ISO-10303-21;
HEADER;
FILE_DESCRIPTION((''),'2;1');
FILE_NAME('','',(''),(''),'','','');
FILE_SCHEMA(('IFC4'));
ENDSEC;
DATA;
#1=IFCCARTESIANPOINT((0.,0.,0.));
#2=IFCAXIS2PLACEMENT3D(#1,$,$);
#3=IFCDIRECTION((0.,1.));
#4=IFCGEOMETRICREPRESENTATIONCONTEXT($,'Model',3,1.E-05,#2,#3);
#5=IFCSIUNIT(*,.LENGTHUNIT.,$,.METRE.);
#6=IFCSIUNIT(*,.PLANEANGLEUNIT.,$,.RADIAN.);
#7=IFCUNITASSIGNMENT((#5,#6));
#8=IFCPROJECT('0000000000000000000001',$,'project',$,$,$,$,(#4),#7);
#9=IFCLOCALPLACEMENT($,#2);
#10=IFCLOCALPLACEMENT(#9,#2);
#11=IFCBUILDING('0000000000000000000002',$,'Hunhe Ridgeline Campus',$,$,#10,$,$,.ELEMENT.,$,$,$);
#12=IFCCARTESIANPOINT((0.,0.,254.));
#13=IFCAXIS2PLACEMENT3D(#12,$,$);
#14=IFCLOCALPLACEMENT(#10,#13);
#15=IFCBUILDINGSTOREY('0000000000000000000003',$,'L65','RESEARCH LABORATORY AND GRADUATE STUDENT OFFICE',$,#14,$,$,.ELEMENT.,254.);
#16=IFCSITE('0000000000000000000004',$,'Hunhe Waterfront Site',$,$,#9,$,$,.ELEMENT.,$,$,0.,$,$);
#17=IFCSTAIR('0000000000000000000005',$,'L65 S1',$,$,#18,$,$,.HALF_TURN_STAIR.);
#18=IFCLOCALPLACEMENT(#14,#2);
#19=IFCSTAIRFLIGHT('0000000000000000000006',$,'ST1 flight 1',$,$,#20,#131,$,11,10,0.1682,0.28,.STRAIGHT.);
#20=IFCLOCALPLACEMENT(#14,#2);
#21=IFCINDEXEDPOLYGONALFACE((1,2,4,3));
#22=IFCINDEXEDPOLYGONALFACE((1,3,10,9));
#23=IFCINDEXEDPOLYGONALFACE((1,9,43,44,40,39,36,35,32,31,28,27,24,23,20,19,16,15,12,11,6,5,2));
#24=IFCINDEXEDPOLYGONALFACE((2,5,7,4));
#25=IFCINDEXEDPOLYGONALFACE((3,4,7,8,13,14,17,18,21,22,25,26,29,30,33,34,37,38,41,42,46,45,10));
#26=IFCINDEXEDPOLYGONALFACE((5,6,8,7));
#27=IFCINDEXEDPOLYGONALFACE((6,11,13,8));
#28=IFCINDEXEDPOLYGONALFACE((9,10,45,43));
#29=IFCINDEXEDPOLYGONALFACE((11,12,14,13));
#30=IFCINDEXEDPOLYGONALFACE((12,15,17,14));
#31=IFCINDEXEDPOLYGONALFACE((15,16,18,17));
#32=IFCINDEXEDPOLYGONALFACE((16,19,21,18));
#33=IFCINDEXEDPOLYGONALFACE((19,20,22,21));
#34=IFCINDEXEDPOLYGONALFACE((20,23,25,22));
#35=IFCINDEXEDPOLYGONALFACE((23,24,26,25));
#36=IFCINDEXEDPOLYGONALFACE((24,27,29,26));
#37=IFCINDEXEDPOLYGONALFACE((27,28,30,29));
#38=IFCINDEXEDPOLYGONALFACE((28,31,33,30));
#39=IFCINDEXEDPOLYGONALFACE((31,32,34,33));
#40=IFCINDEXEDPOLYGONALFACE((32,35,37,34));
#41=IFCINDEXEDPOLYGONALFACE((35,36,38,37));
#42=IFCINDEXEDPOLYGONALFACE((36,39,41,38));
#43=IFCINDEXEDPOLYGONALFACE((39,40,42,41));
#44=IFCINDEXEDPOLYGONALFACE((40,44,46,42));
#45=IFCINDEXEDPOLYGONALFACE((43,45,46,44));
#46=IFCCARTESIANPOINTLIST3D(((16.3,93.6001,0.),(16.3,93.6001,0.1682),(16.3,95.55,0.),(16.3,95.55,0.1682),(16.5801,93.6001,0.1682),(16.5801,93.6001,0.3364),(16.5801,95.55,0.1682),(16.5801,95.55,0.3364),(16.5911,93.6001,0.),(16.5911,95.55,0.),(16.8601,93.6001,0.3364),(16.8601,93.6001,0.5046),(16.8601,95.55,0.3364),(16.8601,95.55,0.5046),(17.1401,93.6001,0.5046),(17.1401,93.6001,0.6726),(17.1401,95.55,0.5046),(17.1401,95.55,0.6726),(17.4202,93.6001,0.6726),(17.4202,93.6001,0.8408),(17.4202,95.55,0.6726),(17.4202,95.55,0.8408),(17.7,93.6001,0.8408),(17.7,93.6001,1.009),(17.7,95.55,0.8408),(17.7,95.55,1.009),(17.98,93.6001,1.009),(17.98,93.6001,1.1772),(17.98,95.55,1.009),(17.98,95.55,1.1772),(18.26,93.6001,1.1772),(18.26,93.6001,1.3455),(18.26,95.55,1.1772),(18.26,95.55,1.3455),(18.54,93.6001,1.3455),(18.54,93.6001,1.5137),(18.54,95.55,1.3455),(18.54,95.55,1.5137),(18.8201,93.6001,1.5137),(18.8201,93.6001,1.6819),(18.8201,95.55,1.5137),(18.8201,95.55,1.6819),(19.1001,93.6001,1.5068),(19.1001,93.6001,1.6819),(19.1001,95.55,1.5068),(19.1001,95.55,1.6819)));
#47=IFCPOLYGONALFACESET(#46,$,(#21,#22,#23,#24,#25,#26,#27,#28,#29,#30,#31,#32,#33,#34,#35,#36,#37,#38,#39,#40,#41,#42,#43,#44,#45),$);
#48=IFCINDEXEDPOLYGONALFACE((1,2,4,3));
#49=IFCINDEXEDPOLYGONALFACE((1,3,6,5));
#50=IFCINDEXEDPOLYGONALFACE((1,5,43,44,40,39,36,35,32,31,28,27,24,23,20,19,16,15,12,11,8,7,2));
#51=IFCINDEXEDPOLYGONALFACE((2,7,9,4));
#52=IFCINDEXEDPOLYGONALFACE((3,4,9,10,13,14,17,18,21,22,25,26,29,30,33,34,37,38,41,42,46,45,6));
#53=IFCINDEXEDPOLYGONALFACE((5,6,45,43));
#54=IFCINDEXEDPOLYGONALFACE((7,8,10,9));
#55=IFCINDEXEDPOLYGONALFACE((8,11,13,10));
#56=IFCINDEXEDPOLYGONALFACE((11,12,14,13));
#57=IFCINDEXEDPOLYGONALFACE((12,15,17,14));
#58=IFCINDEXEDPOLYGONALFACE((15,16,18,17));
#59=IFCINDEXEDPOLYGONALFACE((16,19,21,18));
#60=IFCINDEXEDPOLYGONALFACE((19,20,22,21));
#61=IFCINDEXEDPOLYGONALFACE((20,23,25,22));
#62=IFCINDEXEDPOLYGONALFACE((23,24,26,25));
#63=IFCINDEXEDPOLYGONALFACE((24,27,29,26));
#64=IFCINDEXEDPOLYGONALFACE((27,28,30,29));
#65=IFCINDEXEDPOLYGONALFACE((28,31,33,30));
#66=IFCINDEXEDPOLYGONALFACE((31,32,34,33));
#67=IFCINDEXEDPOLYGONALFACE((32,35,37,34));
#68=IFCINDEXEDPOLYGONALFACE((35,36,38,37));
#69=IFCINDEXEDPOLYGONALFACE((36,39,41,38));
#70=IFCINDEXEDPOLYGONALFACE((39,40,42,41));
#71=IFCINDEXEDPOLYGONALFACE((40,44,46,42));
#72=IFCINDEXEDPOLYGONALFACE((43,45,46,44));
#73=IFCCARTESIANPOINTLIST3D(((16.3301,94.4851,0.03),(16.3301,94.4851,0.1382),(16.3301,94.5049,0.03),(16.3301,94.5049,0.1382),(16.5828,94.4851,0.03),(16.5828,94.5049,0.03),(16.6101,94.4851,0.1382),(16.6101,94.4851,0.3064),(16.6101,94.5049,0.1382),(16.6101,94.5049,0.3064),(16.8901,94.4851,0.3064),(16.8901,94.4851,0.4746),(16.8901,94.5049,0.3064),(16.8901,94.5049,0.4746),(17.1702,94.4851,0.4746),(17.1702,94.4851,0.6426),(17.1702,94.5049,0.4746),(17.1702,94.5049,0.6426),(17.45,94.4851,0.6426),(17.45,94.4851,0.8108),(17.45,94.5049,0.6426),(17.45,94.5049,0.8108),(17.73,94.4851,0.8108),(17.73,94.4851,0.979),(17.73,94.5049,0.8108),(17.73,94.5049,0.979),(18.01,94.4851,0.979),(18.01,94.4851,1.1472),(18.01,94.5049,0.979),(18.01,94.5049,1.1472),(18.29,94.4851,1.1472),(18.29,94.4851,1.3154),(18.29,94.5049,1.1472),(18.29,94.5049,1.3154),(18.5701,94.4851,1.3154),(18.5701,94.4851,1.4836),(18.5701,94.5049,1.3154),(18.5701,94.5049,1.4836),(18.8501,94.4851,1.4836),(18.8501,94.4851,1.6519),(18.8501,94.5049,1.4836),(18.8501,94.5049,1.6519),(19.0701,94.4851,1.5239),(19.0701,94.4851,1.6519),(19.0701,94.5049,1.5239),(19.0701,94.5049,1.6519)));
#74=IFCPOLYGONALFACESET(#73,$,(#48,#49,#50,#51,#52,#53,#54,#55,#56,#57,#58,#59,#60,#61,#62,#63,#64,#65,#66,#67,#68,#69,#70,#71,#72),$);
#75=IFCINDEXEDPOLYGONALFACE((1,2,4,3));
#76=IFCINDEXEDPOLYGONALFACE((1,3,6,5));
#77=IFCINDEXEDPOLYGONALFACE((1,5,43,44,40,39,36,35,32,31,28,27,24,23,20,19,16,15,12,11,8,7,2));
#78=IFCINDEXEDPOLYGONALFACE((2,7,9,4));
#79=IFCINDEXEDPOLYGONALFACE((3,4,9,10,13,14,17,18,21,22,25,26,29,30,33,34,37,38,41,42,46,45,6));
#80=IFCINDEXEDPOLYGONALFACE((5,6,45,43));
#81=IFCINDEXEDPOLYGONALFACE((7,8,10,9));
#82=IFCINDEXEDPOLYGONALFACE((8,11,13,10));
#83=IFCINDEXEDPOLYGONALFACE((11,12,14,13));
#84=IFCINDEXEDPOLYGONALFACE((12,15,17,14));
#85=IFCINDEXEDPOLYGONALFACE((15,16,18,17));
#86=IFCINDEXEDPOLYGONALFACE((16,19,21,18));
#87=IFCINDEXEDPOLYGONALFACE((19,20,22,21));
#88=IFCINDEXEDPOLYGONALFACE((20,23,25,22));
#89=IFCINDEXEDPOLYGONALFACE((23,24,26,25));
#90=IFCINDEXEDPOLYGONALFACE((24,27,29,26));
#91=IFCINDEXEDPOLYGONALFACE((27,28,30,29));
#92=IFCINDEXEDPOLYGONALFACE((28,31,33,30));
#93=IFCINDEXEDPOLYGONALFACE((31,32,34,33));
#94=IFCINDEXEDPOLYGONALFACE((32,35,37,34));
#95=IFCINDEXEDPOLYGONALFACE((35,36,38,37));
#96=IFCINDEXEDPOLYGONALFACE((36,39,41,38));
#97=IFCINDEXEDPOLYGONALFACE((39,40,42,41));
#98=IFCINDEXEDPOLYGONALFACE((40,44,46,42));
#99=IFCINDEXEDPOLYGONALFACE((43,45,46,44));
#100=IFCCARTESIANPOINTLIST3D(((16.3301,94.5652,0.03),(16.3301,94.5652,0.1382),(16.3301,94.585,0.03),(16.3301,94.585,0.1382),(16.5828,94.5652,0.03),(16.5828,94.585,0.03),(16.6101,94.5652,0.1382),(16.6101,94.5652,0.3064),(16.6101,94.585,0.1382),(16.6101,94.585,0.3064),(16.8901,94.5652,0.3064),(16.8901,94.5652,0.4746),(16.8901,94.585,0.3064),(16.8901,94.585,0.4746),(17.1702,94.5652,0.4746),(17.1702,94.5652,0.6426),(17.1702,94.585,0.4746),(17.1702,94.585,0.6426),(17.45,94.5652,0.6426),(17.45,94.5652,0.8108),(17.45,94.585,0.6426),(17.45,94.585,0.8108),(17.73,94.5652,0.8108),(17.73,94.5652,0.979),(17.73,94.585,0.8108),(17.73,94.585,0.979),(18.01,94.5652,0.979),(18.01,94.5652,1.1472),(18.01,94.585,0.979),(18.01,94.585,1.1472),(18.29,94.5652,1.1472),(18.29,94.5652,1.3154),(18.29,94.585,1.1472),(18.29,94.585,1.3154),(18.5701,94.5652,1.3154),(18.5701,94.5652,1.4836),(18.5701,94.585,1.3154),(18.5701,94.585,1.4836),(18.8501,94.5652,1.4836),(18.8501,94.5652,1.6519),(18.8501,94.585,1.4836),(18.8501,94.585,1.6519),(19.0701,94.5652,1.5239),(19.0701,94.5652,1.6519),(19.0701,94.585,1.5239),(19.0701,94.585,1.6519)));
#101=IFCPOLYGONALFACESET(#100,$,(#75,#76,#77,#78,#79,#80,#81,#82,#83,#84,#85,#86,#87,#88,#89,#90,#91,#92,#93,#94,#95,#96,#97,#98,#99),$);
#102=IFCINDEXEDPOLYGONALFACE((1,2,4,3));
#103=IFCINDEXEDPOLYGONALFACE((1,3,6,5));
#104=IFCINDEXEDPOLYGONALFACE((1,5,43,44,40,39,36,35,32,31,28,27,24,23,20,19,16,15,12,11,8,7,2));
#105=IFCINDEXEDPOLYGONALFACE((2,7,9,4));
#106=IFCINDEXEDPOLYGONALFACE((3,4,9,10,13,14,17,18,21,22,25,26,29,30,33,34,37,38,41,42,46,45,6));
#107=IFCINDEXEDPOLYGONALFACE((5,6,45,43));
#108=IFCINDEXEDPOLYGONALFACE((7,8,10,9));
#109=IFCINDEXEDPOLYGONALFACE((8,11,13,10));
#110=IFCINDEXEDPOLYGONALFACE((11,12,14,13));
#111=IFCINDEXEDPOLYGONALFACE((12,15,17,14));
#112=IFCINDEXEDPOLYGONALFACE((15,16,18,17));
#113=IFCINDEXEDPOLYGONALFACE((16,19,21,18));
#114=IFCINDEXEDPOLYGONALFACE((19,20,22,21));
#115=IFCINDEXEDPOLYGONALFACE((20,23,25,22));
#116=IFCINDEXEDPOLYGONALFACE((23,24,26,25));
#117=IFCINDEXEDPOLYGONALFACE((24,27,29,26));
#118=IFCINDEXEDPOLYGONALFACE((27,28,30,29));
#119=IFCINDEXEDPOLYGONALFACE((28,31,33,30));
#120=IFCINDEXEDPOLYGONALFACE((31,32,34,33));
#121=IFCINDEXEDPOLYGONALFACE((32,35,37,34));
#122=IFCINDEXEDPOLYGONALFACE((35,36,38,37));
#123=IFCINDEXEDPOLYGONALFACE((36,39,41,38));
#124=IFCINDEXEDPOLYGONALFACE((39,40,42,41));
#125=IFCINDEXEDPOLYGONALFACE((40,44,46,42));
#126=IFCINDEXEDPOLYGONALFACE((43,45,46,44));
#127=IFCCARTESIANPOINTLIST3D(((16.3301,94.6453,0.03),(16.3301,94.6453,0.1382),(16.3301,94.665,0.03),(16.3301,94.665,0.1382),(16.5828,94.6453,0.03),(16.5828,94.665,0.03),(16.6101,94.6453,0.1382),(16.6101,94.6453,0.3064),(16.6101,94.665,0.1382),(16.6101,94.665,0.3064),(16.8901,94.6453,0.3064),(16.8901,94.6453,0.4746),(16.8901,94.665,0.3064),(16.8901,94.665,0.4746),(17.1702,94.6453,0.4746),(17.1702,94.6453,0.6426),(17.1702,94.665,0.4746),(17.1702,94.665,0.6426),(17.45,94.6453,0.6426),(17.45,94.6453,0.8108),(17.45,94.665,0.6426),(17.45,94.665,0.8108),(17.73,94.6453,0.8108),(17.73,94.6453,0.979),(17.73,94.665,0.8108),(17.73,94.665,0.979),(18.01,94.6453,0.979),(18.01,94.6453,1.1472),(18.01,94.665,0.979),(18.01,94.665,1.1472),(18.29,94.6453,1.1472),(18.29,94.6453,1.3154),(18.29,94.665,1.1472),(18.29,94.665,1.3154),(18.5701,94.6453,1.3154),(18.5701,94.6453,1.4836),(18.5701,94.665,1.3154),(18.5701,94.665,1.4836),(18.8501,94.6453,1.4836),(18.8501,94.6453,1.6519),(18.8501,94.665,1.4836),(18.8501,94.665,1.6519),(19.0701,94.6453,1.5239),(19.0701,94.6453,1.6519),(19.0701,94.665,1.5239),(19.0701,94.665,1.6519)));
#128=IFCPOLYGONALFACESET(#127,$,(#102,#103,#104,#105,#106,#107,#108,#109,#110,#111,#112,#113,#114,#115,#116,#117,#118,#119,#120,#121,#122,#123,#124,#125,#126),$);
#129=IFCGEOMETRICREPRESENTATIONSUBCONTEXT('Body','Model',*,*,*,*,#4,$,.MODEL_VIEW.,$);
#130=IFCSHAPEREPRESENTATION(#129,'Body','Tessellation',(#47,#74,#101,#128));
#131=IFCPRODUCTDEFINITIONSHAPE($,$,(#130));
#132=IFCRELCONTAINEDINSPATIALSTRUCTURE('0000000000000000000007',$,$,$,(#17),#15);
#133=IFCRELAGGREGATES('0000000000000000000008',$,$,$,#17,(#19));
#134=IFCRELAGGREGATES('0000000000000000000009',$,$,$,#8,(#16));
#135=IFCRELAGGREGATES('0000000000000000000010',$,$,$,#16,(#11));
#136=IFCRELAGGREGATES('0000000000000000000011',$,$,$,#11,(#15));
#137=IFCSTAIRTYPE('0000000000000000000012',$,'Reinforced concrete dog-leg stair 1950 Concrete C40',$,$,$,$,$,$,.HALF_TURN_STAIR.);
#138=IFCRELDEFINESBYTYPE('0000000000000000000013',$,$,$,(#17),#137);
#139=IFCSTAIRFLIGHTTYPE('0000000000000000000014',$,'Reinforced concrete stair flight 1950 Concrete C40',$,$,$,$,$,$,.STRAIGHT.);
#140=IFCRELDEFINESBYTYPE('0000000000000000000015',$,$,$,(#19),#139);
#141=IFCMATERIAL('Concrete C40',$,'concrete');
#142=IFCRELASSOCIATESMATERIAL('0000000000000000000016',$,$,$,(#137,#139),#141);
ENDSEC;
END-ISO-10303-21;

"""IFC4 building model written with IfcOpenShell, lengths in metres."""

from ifc_helpers import new_model, si_unit, direction, frame, origin, place, context, subcontext, project, spatial, polyline, outline, extrude, material, type_object, element, aggregate, save


model = new_model("IFC4")

# Units and contexts
model_context = context("Model", 3, precision=1e-05, world=origin(), true_north=direction((0.0, 1.0)))
body_context = subcontext(model_context, "Body", "Model", "MODEL_VIEW")
ifc_project = project(units=[si_unit("LENGTHUNIT", "METRE"), si_unit("PLANEANGLEUNIT", "RADIAN")], contexts=[model_context])

# Site, building, storey
site_placement = place(None, origin())
site = spatial("IfcSite", under=ifc_project, at=site_placement, Name="Hunhe Waterfront Site", CompositionType="ELEMENT", RefElevation=0.0)
building_placement = place(site_placement, origin())
building = spatial("IfcBuilding", under=site, at=building_placement, Name="Hunhe Ridgeline Campus", CompositionType="ELEMENT")
storey_placement = place(building_placement, frame((0.0, 0.0, 254.0)))
storey = spatial("IfcBuildingStorey", under=building, at=storey_placement, Name="L65", Description="RESEARCH LABORATORY AND GRADUATE STUDENT OFFICE", CompositionType="ELEMENT", Elevation=254.0)

# Stair, stair flight
ifc_material_1 = material(Name="Concrete C40", Category="concrete")
stair_type = type_object("IfcStairType", Name="Reinforced concrete dog-leg stair 1950 Concrete C40", PredefinedType="HALF_TURN_STAIR", material=ifc_material_1)
stair_placement = place(storey_placement, origin())
stair = element("IfcStair", 1, at=stair_placement, inside=storey, type_object=stair_type, Name="L65 S1", PredefinedType="HALF_TURN_STAIR")
stair_flight_type = type_object("IfcStairFlightType", Name="Reinforced concrete stair flight 1950 Concrete C40", PredefinedType="STRAIGHT", material=ifc_material_1)
stair_flight_1_placement = place(storey_placement, frame((16.3, 94.575, 0.0), z_axis=(0.0, 0.0, 1.0), x_axis=(1.0, 0.0, 0.0)))
stair_flight_1 = element("IfcStairFlight", 2, at=stair_flight_1_placement, type_object=stair_flight_type, Name="ST1 flight 1", NumberOfRisers=11, NumberOfTreads=10, PredefinedType="STRAIGHT", RiserHeight=0.1682, TreadLength=0.28, context=body_context, shape_type="SweptSolid", body=[
    extrude(outline(polyline([(0.0, 0.0), (0.0, 0.1682), (0.28, 0.1682), (0.28, 0.3364), (0.5601, 0.3364), (0.5601, 0.5046), (0.8401, 0.5046), (0.8401, 0.6726), (1.1201, 0.6726), (1.1201, 0.8408), (1.3999, 0.8408), (1.3999, 1.009), (1.6799, 1.009), (1.6799, 1.1772), (1.96, 1.1772), (1.96, 1.3455), (2.24, 1.3455), (2.24, 1.5137), (2.52, 1.5137), (2.52, 1.6819), (2.8, 1.6819), (2.8, 1.8501), (2.8, 1.5068), (0.291, 0.0), (0.0, 0.0)])), frame((0.0, 0.9751, 0.0), z_axis=(0.0, -1.0, 0.0), x_axis=(1.0, 0.0, 0.0)), (0.0, 0.0, 1.0), 1.95),
    extrude(outline(polyline([(0.03, 0.03), (0.03, 0.1382), (0.3101, 0.1382), (0.3101, 0.3064), (0.5901, 0.3064), (0.5901, 0.4746), (0.8701, 0.4746), (0.8701, 0.6426), (1.1499, 0.6426), (1.1499, 0.8108), (1.4299, 0.8108), (1.4299, 0.979), (1.71, 0.979), (1.71, 1.1472), (1.99, 1.1472), (1.99, 1.3154), (2.27, 1.3154), (2.27, 1.4836), (2.55, 1.4836), (2.55, 1.6519), (2.77, 1.6519), (2.77, 1.5239), (0.2827, 0.03), (0.03, 0.03)])), frame((0.0, -0.0701, 0.0), z_axis=(0.0, -1.0, 0.0), x_axis=(1.0, 0.0, 0.0)), (0.0, 0.0, 1.0), 0.0198),
    extrude(outline(polyline([(0.03, 0.03), (0.03, 0.1382), (0.3101, 0.1382), (0.3101, 0.3064), (0.5901, 0.3064), (0.5901, 0.4746), (0.8701, 0.4746), (0.8701, 0.6426), (1.1499, 0.6426), (1.1499, 0.8108), (1.4299, 0.8108), (1.4299, 0.979), (1.71, 0.979), (1.71, 1.1472), (1.99, 1.1472), (1.99, 1.3154), (2.27, 1.3154), (2.27, 1.4836), (2.55, 1.4836), (2.55, 1.6519), (2.77, 1.6519), (2.77, 1.5239), (0.2827, 0.03), (0.03, 0.03)])), frame((0.0, 0.01, 0.0), z_axis=(0.0, -1.0, 0.0), x_axis=(1.0, 0.0, 0.0)), (0.0, 0.0, 1.0), 0.0198),
    extrude(outline(polyline([(0.03, 0.03), (0.03, 0.1382), (0.3101, 0.1382), (0.3101, 0.3064), (0.5901, 0.3064), (0.5901, 0.4746), (0.8701, 0.4746), (0.8701, 0.6426), (1.1499, 0.6426), (1.1499, 0.8108), (1.4299, 0.8108), (1.4299, 0.979), (1.71, 0.979), (1.71, 1.1472), (1.99, 1.1472), (1.99, 1.3154), (2.27, 1.3154), (2.27, 1.4836), (2.55, 1.4836), (2.55, 1.6519), (2.77, 1.6519), (2.77, 1.5239), (0.2827, 0.03), (0.03, 0.03)])), frame((0.0, 0.0901, 0.0), z_axis=(0.0, -1.0, 0.0), x_axis=(1.0, 0.0, 0.0)), (0.0, 0.0, 1.0), 0.0198),
])
aggregate(stair, [stair_flight_1])

save(model, "model.ifc")
